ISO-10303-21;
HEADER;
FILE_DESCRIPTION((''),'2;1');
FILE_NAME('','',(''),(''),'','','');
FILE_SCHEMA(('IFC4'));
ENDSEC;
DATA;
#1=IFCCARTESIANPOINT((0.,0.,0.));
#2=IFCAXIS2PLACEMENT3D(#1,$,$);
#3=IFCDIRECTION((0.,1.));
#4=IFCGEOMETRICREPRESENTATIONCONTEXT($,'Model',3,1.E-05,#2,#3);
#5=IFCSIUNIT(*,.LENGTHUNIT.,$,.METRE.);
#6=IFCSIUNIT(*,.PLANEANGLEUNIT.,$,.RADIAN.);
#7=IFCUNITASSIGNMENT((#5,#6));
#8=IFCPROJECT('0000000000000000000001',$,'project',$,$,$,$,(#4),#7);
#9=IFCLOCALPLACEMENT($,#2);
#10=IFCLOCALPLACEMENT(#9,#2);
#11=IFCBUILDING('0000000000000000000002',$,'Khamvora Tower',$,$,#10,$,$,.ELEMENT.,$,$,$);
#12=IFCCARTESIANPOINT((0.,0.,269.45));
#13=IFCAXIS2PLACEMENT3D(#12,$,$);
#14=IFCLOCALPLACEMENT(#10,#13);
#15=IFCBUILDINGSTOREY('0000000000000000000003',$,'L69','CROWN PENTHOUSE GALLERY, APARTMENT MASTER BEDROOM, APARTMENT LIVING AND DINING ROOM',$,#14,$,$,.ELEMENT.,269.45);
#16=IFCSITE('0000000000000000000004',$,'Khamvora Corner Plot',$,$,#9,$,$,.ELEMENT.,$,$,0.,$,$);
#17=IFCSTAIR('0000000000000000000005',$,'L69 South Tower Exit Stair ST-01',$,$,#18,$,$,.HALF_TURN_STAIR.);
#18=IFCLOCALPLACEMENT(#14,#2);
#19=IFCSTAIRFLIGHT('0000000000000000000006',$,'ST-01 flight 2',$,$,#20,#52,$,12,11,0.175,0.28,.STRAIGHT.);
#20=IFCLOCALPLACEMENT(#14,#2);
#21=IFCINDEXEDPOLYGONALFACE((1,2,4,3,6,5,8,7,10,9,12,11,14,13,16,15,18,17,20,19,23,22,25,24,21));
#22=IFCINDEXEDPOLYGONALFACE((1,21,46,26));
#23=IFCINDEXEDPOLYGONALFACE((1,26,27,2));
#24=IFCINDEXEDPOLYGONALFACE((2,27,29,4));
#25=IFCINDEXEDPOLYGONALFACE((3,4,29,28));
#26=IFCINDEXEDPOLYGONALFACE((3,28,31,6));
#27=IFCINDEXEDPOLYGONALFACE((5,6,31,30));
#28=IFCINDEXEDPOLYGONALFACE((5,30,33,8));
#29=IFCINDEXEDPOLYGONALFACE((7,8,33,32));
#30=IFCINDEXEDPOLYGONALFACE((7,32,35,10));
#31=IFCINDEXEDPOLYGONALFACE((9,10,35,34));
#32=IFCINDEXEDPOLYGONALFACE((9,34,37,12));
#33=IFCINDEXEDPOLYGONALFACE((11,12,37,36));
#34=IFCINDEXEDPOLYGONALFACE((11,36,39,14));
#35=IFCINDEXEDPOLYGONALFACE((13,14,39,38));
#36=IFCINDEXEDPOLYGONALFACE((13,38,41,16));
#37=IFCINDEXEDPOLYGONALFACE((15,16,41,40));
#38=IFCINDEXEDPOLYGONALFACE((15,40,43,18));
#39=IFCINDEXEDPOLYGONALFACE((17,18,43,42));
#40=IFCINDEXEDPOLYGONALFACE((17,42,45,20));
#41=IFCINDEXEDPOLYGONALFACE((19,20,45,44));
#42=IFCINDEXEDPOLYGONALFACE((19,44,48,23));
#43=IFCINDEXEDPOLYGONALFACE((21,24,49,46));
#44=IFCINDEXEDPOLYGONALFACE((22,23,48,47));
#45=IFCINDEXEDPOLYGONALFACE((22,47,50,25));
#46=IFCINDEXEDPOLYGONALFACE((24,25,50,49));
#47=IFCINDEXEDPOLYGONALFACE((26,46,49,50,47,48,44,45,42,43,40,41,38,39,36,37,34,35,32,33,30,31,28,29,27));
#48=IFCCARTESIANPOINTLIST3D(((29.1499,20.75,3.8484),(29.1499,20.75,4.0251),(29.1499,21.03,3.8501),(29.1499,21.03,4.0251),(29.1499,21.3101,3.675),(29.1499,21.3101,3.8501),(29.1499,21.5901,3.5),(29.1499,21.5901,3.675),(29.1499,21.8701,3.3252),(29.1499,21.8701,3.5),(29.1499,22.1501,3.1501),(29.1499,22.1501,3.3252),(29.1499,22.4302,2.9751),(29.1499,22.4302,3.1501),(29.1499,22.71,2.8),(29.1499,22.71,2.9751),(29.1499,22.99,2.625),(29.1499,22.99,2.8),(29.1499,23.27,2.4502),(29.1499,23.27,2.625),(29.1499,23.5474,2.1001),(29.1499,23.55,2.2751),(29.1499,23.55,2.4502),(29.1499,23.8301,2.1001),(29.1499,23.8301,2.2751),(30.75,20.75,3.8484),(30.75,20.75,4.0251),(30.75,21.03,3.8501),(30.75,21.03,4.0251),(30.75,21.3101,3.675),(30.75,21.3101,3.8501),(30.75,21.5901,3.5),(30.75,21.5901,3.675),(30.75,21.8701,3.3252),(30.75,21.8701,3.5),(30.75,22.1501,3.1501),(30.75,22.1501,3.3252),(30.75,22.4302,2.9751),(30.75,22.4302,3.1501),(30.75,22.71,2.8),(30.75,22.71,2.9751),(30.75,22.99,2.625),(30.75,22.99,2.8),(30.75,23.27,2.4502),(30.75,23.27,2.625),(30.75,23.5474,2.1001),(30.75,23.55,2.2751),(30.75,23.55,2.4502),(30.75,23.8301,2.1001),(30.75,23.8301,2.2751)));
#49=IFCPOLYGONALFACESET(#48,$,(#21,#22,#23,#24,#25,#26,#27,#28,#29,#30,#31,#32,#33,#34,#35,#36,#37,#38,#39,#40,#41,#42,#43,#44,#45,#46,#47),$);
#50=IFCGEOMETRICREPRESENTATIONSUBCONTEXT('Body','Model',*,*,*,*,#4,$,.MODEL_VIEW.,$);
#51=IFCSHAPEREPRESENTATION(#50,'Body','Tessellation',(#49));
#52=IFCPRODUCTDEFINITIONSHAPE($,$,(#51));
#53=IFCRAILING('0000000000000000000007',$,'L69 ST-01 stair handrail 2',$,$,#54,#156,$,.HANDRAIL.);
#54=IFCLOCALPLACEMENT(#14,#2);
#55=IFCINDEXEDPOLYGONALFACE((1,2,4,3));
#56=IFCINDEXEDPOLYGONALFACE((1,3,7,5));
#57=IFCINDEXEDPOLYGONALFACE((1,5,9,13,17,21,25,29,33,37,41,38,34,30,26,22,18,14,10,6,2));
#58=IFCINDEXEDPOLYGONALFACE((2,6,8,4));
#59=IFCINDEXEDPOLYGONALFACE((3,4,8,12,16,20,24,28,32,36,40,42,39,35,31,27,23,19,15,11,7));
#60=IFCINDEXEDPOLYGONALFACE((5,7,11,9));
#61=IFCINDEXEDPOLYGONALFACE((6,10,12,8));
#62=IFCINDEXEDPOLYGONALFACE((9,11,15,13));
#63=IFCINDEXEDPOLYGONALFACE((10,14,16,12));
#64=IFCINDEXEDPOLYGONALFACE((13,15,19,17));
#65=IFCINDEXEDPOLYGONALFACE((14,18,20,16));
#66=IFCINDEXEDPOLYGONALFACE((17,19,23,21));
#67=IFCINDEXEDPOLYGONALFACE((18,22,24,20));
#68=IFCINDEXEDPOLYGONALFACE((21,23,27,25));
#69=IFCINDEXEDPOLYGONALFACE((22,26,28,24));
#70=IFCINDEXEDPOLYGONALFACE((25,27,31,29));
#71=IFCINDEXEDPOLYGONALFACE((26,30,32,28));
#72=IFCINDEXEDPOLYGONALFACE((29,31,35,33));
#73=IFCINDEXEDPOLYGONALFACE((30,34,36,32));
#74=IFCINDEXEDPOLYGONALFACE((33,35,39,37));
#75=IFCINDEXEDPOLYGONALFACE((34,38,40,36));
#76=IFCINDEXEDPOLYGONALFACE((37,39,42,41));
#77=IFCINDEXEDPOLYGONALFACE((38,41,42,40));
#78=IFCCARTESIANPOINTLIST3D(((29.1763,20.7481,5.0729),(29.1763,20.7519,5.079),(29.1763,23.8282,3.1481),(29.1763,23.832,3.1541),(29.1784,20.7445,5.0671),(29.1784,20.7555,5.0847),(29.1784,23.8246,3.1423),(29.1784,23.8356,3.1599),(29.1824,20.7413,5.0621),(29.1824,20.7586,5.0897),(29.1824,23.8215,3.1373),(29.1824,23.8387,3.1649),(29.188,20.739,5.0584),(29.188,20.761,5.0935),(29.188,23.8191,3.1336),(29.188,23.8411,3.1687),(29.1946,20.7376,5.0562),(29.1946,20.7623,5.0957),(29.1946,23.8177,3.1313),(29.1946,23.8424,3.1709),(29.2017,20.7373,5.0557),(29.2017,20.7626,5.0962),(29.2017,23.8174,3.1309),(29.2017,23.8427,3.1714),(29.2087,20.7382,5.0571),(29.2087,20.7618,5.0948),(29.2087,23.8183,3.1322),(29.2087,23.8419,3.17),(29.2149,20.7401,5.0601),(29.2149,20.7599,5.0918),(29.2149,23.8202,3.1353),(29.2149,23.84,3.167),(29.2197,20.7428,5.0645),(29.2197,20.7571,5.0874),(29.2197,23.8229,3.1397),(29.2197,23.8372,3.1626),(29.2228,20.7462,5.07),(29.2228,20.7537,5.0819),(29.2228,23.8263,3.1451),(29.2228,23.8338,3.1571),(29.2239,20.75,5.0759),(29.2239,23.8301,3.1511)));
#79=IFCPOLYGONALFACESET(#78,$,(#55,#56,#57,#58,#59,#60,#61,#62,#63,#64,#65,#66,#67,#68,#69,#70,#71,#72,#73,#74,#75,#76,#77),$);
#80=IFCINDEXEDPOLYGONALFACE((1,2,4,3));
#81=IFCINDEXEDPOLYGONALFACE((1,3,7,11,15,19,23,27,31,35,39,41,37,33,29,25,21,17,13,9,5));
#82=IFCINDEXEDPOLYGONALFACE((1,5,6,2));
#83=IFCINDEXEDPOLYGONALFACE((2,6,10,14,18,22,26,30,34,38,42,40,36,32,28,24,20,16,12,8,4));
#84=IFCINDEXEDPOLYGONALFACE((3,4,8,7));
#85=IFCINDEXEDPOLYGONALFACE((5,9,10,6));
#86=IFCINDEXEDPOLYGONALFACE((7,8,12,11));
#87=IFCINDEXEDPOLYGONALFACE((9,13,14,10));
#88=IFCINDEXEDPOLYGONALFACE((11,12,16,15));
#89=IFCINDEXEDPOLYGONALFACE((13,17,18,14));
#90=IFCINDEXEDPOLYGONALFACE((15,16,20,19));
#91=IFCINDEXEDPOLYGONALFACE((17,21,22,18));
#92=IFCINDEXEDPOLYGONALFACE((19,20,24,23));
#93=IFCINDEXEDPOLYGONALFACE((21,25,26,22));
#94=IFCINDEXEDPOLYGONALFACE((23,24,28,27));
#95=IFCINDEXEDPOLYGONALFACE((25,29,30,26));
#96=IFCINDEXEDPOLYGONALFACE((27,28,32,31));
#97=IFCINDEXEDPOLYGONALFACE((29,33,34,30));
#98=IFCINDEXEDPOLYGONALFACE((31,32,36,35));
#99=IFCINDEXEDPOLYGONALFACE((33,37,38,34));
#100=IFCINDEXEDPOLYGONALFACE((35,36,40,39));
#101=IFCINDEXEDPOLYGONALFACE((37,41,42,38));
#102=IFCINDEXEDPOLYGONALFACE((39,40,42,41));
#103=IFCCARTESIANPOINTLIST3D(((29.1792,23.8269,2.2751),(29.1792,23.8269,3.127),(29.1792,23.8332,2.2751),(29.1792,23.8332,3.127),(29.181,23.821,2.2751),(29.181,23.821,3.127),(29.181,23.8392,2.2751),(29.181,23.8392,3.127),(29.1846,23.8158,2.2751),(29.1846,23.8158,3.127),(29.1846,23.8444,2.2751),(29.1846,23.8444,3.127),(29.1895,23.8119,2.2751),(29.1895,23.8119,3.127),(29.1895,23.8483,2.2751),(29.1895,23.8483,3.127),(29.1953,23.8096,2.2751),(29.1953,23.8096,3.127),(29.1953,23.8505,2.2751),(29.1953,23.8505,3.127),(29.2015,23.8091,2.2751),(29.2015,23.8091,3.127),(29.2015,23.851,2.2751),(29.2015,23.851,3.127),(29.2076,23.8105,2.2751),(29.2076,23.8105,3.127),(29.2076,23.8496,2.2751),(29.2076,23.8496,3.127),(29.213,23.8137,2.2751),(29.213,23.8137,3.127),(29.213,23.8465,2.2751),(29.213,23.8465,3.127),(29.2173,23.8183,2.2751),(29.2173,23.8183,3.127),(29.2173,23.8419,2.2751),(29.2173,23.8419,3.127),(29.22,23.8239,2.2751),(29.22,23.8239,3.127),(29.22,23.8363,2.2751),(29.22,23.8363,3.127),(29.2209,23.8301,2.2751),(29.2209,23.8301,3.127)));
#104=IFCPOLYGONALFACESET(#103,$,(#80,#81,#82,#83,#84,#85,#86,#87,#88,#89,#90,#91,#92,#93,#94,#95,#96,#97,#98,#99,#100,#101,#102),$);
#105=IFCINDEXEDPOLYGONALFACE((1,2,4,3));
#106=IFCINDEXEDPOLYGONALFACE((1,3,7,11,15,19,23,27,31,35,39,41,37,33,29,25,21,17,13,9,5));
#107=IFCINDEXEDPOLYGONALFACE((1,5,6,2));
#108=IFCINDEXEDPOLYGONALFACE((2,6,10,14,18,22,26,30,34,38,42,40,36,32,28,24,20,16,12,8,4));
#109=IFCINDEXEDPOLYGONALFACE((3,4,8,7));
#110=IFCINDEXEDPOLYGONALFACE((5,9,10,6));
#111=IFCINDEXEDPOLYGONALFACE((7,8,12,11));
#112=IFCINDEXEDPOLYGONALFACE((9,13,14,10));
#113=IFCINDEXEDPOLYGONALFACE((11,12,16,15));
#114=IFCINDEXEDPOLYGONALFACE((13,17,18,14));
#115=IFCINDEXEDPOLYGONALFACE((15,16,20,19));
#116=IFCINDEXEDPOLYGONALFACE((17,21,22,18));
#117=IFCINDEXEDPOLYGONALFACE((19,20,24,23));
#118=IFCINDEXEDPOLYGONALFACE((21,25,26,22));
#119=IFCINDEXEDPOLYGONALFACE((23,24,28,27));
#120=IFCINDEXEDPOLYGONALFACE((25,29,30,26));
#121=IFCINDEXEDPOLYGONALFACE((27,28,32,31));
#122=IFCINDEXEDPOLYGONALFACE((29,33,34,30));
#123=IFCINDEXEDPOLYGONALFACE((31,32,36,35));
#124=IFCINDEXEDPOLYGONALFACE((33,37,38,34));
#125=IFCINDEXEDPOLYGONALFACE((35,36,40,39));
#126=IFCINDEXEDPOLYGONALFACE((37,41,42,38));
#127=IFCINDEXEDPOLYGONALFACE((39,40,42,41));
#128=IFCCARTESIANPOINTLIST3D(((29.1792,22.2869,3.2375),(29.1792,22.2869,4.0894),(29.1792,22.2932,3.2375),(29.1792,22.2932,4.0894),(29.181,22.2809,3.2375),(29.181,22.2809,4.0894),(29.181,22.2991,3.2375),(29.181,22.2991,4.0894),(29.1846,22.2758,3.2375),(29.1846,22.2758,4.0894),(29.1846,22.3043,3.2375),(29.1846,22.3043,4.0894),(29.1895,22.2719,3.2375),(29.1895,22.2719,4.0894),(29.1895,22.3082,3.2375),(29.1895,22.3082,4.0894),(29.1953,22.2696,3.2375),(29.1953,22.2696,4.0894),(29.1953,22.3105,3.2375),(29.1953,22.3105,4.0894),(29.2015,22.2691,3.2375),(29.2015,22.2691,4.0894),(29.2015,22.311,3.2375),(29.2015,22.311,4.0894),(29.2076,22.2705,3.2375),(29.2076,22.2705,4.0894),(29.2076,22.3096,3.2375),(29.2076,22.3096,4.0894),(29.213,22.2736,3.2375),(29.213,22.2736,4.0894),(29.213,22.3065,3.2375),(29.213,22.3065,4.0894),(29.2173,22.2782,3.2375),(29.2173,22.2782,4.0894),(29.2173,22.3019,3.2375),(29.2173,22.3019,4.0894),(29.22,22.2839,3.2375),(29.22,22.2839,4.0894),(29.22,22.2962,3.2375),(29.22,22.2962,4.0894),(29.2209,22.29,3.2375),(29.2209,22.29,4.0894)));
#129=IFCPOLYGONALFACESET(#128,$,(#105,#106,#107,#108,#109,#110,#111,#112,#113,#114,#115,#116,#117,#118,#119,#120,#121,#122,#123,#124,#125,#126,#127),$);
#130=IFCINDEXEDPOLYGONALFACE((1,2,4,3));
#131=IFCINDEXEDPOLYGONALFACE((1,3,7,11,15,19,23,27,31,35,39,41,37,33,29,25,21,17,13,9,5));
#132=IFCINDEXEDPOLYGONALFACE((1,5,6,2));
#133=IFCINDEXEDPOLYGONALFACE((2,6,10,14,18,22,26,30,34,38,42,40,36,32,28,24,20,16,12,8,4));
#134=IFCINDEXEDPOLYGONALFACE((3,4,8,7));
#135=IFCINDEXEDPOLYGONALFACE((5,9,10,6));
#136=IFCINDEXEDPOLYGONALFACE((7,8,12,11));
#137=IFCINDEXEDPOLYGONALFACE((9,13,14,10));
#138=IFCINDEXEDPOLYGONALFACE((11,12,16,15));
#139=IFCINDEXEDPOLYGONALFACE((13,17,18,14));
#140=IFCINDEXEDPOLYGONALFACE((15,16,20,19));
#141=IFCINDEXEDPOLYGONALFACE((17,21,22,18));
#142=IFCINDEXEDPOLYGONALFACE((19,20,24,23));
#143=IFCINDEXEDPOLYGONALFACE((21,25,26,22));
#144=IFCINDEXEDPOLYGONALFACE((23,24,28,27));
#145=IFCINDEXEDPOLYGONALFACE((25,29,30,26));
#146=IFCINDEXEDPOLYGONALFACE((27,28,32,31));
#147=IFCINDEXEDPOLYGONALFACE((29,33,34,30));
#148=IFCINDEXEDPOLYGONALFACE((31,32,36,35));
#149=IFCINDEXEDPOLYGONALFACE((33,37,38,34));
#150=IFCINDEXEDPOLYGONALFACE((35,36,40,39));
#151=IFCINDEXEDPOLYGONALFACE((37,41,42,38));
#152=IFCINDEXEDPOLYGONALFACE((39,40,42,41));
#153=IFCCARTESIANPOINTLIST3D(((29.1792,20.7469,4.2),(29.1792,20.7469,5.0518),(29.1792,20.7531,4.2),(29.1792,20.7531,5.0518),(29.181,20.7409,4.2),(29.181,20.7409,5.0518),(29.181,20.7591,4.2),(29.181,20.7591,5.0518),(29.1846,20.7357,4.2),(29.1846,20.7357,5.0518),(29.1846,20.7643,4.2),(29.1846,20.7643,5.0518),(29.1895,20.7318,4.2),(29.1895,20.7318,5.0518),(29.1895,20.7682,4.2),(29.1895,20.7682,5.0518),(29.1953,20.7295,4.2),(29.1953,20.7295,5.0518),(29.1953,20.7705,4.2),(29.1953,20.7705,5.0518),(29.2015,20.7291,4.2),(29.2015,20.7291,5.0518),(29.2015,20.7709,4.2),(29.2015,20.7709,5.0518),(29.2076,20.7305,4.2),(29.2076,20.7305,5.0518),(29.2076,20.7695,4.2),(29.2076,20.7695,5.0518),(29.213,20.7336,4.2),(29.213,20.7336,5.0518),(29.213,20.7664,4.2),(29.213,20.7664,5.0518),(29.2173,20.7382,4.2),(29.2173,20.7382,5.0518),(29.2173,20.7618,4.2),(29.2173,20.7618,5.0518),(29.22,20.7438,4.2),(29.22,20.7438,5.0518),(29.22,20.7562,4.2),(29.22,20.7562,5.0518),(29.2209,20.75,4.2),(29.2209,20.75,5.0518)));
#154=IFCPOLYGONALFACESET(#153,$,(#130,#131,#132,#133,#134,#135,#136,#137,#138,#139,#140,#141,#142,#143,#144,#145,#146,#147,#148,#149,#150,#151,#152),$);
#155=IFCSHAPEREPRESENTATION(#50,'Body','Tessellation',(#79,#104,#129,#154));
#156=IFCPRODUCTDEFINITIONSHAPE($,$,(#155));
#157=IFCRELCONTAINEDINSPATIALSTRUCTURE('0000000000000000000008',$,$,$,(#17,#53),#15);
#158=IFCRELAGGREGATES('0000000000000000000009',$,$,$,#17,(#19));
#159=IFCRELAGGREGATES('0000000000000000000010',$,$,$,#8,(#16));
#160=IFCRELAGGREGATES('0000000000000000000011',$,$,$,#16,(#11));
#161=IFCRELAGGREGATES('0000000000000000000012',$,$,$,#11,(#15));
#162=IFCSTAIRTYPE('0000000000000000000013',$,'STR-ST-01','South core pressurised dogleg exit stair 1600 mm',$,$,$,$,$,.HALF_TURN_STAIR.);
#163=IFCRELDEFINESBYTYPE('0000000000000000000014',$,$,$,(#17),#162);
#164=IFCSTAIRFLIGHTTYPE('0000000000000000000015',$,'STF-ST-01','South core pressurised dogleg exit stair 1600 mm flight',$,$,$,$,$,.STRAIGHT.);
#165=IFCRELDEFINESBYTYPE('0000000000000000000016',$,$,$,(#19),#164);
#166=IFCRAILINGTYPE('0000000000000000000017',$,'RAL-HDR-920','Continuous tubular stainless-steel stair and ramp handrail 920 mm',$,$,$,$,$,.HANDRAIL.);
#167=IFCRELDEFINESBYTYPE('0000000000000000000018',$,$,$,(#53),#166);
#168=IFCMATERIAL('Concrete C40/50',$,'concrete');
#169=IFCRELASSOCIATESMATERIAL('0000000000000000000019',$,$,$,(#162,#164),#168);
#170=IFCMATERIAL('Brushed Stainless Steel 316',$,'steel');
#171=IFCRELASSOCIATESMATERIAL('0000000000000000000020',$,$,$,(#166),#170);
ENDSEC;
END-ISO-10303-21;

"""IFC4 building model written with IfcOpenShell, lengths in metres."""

from ifc_helpers import new_model, si_unit, direction, frame, origin, origin_2d, place, context, subcontext, project, spatial, polyline, circle, outline, extrude, material, type_object, element, aggregate, save


model = new_model("IFC4")

# Units and contexts
model_context = context("Model", 3, precision=1e-05, world=origin(), true_north=direction((0.0, 1.0)))
body_context = subcontext(model_context, "Body", "Model", "MODEL_VIEW")
ifc_project = project(units=[si_unit("LENGTHUNIT", "METRE"), si_unit("PLANEANGLEUNIT", "RADIAN")], contexts=[model_context])

# Site, building, storey
site_placement = place(None, origin())
site = spatial("IfcSite", under=ifc_project, at=site_placement, Name="Khamvora Corner Plot", CompositionType="ELEMENT", RefElevation=0.0)
building_placement = place(site_placement, origin())
building = spatial("IfcBuilding", under=site, at=building_placement, Name="Khamvora Tower", CompositionType="ELEMENT")
storey_placement = place(building_placement, frame((0.0, 0.0, 269.45)))
storey = spatial("IfcBuildingStorey", under=building, at=storey_placement, Name="L69", Description="CROWN PENTHOUSE GALLERY, APARTMENT MASTER BEDROOM, APARTMENT LIVING AND DINING ROOM", CompositionType="ELEMENT", Elevation=269.45)

# Stair, stair flight
ifc_material_1 = material(Name="Concrete C40/50", Category="concrete")
stair_type = type_object("IfcStairType", Name="STR-ST-01", Description="South core pressurised dogleg exit stair 1600 mm", PredefinedType="HALF_TURN_STAIR", material=ifc_material_1)
stair_placement = place(storey_placement, origin())
stair = element("IfcStair", 1, at=stair_placement, inside=storey, type_object=stair_type, Name="L69 South Tower Exit Stair ST-01", PredefinedType="HALF_TURN_STAIR")
stair_flight_type = type_object("IfcStairFlightType", Name="STF-ST-01", Description="South core pressurised dogleg exit stair 1600 mm flight", PredefinedType="STRAIGHT", material=ifc_material_1)
stair_flight_placement = place(storey_placement, frame((29.95, 23.8301, 2.1001), z_axis=(0.0, 0.0, 1.0), x_axis=(0.0, -1.0, 0.0)))
stair_flight = element("IfcStairFlight", 2, at=stair_flight_placement, type_object=stair_flight_type, Name="ST-01 flight 2", NumberOfRisers=12, NumberOfTreads=11, PredefinedType="STRAIGHT", RiserHeight=0.175, TreadLength=0.28, context=body_context, shape_type="SweptSolid", body=[
    extrude(outline(polyline([(0.0, 0.0), (0.0, 0.175), (0.28, 0.175), (0.28, 0.3501), (0.5601, 0.3501), (0.5601, 0.5249), (0.8401, 0.5249), (0.8401, 0.7), (1.1201, 0.7), (1.1201, 0.875), (1.3999, 0.875), (1.3999, 1.05), (1.6799, 1.05), (1.6799, 1.2251), (1.96, 1.2251), (1.96, 1.3999), (2.24, 1.3999), (2.24, 1.575), (2.52, 1.575), (2.52, 1.75), (2.8, 1.75), (2.8, 1.925), (3.0801, 1.925), (3.0801, 2.1001), (3.0801, 1.7483), (0.2827, 0.0), (0.0, 0.0)])), frame((0.0, 0.8, 0.0), z_axis=(0.0, -1.0, 0.0), x_axis=(1.0, 0.0, 0.0)), (0.0, 0.0, 1.0), 1.6001),
])
aggregate(stair, [stair_flight])

# Railing
ifc_material_2 = material(Name="Brushed Stainless Steel 316", Category="steel")
railing_type_1 = type_object("IfcRailingType", Name="RAL-HDR-920", Description="Continuous tubular stainless-steel stair and ramp handrail 920 mm", PredefinedType="HANDRAIL", material=ifc_material_2)
railing_1_placement = place(storey_placement, frame((29.2, 23.8301, 2.2751)))
element("IfcRailing", 3, at=railing_1_placement, inside=storey, type_object=railing_type_1, Name="L69 ST-01 stair handrail 2", PredefinedType="HANDRAIL", context=body_context, shape_type="SweptSolid", body=[
    extrude(circle(Radius=0.0239, at=origin_2d()), frame((0.0, 0.0, 0.876), z_axis=(0.0, -0.848029, 0.529951), x_axis=(1.0, 0.0, 0.0)), (0.0, 0.0, 1.0), 3.6321),
    extrude(circle(Radius=0.021, at=origin_2d()), origin(), (0.0, 0.0, 1.0), 0.8518),
    extrude(circle(Radius=0.021, at=origin_2d()), frame((0.0, -1.54, 0.9624)), (0.0, 0.0, 1.0), 0.8518),
    extrude(circle(Radius=0.021, at=origin_2d()), frame((0.0, -3.0801, 1.9248)), (0.0, 0.0, 1.0), 0.8518),
])

save(model, "model.ifc")
